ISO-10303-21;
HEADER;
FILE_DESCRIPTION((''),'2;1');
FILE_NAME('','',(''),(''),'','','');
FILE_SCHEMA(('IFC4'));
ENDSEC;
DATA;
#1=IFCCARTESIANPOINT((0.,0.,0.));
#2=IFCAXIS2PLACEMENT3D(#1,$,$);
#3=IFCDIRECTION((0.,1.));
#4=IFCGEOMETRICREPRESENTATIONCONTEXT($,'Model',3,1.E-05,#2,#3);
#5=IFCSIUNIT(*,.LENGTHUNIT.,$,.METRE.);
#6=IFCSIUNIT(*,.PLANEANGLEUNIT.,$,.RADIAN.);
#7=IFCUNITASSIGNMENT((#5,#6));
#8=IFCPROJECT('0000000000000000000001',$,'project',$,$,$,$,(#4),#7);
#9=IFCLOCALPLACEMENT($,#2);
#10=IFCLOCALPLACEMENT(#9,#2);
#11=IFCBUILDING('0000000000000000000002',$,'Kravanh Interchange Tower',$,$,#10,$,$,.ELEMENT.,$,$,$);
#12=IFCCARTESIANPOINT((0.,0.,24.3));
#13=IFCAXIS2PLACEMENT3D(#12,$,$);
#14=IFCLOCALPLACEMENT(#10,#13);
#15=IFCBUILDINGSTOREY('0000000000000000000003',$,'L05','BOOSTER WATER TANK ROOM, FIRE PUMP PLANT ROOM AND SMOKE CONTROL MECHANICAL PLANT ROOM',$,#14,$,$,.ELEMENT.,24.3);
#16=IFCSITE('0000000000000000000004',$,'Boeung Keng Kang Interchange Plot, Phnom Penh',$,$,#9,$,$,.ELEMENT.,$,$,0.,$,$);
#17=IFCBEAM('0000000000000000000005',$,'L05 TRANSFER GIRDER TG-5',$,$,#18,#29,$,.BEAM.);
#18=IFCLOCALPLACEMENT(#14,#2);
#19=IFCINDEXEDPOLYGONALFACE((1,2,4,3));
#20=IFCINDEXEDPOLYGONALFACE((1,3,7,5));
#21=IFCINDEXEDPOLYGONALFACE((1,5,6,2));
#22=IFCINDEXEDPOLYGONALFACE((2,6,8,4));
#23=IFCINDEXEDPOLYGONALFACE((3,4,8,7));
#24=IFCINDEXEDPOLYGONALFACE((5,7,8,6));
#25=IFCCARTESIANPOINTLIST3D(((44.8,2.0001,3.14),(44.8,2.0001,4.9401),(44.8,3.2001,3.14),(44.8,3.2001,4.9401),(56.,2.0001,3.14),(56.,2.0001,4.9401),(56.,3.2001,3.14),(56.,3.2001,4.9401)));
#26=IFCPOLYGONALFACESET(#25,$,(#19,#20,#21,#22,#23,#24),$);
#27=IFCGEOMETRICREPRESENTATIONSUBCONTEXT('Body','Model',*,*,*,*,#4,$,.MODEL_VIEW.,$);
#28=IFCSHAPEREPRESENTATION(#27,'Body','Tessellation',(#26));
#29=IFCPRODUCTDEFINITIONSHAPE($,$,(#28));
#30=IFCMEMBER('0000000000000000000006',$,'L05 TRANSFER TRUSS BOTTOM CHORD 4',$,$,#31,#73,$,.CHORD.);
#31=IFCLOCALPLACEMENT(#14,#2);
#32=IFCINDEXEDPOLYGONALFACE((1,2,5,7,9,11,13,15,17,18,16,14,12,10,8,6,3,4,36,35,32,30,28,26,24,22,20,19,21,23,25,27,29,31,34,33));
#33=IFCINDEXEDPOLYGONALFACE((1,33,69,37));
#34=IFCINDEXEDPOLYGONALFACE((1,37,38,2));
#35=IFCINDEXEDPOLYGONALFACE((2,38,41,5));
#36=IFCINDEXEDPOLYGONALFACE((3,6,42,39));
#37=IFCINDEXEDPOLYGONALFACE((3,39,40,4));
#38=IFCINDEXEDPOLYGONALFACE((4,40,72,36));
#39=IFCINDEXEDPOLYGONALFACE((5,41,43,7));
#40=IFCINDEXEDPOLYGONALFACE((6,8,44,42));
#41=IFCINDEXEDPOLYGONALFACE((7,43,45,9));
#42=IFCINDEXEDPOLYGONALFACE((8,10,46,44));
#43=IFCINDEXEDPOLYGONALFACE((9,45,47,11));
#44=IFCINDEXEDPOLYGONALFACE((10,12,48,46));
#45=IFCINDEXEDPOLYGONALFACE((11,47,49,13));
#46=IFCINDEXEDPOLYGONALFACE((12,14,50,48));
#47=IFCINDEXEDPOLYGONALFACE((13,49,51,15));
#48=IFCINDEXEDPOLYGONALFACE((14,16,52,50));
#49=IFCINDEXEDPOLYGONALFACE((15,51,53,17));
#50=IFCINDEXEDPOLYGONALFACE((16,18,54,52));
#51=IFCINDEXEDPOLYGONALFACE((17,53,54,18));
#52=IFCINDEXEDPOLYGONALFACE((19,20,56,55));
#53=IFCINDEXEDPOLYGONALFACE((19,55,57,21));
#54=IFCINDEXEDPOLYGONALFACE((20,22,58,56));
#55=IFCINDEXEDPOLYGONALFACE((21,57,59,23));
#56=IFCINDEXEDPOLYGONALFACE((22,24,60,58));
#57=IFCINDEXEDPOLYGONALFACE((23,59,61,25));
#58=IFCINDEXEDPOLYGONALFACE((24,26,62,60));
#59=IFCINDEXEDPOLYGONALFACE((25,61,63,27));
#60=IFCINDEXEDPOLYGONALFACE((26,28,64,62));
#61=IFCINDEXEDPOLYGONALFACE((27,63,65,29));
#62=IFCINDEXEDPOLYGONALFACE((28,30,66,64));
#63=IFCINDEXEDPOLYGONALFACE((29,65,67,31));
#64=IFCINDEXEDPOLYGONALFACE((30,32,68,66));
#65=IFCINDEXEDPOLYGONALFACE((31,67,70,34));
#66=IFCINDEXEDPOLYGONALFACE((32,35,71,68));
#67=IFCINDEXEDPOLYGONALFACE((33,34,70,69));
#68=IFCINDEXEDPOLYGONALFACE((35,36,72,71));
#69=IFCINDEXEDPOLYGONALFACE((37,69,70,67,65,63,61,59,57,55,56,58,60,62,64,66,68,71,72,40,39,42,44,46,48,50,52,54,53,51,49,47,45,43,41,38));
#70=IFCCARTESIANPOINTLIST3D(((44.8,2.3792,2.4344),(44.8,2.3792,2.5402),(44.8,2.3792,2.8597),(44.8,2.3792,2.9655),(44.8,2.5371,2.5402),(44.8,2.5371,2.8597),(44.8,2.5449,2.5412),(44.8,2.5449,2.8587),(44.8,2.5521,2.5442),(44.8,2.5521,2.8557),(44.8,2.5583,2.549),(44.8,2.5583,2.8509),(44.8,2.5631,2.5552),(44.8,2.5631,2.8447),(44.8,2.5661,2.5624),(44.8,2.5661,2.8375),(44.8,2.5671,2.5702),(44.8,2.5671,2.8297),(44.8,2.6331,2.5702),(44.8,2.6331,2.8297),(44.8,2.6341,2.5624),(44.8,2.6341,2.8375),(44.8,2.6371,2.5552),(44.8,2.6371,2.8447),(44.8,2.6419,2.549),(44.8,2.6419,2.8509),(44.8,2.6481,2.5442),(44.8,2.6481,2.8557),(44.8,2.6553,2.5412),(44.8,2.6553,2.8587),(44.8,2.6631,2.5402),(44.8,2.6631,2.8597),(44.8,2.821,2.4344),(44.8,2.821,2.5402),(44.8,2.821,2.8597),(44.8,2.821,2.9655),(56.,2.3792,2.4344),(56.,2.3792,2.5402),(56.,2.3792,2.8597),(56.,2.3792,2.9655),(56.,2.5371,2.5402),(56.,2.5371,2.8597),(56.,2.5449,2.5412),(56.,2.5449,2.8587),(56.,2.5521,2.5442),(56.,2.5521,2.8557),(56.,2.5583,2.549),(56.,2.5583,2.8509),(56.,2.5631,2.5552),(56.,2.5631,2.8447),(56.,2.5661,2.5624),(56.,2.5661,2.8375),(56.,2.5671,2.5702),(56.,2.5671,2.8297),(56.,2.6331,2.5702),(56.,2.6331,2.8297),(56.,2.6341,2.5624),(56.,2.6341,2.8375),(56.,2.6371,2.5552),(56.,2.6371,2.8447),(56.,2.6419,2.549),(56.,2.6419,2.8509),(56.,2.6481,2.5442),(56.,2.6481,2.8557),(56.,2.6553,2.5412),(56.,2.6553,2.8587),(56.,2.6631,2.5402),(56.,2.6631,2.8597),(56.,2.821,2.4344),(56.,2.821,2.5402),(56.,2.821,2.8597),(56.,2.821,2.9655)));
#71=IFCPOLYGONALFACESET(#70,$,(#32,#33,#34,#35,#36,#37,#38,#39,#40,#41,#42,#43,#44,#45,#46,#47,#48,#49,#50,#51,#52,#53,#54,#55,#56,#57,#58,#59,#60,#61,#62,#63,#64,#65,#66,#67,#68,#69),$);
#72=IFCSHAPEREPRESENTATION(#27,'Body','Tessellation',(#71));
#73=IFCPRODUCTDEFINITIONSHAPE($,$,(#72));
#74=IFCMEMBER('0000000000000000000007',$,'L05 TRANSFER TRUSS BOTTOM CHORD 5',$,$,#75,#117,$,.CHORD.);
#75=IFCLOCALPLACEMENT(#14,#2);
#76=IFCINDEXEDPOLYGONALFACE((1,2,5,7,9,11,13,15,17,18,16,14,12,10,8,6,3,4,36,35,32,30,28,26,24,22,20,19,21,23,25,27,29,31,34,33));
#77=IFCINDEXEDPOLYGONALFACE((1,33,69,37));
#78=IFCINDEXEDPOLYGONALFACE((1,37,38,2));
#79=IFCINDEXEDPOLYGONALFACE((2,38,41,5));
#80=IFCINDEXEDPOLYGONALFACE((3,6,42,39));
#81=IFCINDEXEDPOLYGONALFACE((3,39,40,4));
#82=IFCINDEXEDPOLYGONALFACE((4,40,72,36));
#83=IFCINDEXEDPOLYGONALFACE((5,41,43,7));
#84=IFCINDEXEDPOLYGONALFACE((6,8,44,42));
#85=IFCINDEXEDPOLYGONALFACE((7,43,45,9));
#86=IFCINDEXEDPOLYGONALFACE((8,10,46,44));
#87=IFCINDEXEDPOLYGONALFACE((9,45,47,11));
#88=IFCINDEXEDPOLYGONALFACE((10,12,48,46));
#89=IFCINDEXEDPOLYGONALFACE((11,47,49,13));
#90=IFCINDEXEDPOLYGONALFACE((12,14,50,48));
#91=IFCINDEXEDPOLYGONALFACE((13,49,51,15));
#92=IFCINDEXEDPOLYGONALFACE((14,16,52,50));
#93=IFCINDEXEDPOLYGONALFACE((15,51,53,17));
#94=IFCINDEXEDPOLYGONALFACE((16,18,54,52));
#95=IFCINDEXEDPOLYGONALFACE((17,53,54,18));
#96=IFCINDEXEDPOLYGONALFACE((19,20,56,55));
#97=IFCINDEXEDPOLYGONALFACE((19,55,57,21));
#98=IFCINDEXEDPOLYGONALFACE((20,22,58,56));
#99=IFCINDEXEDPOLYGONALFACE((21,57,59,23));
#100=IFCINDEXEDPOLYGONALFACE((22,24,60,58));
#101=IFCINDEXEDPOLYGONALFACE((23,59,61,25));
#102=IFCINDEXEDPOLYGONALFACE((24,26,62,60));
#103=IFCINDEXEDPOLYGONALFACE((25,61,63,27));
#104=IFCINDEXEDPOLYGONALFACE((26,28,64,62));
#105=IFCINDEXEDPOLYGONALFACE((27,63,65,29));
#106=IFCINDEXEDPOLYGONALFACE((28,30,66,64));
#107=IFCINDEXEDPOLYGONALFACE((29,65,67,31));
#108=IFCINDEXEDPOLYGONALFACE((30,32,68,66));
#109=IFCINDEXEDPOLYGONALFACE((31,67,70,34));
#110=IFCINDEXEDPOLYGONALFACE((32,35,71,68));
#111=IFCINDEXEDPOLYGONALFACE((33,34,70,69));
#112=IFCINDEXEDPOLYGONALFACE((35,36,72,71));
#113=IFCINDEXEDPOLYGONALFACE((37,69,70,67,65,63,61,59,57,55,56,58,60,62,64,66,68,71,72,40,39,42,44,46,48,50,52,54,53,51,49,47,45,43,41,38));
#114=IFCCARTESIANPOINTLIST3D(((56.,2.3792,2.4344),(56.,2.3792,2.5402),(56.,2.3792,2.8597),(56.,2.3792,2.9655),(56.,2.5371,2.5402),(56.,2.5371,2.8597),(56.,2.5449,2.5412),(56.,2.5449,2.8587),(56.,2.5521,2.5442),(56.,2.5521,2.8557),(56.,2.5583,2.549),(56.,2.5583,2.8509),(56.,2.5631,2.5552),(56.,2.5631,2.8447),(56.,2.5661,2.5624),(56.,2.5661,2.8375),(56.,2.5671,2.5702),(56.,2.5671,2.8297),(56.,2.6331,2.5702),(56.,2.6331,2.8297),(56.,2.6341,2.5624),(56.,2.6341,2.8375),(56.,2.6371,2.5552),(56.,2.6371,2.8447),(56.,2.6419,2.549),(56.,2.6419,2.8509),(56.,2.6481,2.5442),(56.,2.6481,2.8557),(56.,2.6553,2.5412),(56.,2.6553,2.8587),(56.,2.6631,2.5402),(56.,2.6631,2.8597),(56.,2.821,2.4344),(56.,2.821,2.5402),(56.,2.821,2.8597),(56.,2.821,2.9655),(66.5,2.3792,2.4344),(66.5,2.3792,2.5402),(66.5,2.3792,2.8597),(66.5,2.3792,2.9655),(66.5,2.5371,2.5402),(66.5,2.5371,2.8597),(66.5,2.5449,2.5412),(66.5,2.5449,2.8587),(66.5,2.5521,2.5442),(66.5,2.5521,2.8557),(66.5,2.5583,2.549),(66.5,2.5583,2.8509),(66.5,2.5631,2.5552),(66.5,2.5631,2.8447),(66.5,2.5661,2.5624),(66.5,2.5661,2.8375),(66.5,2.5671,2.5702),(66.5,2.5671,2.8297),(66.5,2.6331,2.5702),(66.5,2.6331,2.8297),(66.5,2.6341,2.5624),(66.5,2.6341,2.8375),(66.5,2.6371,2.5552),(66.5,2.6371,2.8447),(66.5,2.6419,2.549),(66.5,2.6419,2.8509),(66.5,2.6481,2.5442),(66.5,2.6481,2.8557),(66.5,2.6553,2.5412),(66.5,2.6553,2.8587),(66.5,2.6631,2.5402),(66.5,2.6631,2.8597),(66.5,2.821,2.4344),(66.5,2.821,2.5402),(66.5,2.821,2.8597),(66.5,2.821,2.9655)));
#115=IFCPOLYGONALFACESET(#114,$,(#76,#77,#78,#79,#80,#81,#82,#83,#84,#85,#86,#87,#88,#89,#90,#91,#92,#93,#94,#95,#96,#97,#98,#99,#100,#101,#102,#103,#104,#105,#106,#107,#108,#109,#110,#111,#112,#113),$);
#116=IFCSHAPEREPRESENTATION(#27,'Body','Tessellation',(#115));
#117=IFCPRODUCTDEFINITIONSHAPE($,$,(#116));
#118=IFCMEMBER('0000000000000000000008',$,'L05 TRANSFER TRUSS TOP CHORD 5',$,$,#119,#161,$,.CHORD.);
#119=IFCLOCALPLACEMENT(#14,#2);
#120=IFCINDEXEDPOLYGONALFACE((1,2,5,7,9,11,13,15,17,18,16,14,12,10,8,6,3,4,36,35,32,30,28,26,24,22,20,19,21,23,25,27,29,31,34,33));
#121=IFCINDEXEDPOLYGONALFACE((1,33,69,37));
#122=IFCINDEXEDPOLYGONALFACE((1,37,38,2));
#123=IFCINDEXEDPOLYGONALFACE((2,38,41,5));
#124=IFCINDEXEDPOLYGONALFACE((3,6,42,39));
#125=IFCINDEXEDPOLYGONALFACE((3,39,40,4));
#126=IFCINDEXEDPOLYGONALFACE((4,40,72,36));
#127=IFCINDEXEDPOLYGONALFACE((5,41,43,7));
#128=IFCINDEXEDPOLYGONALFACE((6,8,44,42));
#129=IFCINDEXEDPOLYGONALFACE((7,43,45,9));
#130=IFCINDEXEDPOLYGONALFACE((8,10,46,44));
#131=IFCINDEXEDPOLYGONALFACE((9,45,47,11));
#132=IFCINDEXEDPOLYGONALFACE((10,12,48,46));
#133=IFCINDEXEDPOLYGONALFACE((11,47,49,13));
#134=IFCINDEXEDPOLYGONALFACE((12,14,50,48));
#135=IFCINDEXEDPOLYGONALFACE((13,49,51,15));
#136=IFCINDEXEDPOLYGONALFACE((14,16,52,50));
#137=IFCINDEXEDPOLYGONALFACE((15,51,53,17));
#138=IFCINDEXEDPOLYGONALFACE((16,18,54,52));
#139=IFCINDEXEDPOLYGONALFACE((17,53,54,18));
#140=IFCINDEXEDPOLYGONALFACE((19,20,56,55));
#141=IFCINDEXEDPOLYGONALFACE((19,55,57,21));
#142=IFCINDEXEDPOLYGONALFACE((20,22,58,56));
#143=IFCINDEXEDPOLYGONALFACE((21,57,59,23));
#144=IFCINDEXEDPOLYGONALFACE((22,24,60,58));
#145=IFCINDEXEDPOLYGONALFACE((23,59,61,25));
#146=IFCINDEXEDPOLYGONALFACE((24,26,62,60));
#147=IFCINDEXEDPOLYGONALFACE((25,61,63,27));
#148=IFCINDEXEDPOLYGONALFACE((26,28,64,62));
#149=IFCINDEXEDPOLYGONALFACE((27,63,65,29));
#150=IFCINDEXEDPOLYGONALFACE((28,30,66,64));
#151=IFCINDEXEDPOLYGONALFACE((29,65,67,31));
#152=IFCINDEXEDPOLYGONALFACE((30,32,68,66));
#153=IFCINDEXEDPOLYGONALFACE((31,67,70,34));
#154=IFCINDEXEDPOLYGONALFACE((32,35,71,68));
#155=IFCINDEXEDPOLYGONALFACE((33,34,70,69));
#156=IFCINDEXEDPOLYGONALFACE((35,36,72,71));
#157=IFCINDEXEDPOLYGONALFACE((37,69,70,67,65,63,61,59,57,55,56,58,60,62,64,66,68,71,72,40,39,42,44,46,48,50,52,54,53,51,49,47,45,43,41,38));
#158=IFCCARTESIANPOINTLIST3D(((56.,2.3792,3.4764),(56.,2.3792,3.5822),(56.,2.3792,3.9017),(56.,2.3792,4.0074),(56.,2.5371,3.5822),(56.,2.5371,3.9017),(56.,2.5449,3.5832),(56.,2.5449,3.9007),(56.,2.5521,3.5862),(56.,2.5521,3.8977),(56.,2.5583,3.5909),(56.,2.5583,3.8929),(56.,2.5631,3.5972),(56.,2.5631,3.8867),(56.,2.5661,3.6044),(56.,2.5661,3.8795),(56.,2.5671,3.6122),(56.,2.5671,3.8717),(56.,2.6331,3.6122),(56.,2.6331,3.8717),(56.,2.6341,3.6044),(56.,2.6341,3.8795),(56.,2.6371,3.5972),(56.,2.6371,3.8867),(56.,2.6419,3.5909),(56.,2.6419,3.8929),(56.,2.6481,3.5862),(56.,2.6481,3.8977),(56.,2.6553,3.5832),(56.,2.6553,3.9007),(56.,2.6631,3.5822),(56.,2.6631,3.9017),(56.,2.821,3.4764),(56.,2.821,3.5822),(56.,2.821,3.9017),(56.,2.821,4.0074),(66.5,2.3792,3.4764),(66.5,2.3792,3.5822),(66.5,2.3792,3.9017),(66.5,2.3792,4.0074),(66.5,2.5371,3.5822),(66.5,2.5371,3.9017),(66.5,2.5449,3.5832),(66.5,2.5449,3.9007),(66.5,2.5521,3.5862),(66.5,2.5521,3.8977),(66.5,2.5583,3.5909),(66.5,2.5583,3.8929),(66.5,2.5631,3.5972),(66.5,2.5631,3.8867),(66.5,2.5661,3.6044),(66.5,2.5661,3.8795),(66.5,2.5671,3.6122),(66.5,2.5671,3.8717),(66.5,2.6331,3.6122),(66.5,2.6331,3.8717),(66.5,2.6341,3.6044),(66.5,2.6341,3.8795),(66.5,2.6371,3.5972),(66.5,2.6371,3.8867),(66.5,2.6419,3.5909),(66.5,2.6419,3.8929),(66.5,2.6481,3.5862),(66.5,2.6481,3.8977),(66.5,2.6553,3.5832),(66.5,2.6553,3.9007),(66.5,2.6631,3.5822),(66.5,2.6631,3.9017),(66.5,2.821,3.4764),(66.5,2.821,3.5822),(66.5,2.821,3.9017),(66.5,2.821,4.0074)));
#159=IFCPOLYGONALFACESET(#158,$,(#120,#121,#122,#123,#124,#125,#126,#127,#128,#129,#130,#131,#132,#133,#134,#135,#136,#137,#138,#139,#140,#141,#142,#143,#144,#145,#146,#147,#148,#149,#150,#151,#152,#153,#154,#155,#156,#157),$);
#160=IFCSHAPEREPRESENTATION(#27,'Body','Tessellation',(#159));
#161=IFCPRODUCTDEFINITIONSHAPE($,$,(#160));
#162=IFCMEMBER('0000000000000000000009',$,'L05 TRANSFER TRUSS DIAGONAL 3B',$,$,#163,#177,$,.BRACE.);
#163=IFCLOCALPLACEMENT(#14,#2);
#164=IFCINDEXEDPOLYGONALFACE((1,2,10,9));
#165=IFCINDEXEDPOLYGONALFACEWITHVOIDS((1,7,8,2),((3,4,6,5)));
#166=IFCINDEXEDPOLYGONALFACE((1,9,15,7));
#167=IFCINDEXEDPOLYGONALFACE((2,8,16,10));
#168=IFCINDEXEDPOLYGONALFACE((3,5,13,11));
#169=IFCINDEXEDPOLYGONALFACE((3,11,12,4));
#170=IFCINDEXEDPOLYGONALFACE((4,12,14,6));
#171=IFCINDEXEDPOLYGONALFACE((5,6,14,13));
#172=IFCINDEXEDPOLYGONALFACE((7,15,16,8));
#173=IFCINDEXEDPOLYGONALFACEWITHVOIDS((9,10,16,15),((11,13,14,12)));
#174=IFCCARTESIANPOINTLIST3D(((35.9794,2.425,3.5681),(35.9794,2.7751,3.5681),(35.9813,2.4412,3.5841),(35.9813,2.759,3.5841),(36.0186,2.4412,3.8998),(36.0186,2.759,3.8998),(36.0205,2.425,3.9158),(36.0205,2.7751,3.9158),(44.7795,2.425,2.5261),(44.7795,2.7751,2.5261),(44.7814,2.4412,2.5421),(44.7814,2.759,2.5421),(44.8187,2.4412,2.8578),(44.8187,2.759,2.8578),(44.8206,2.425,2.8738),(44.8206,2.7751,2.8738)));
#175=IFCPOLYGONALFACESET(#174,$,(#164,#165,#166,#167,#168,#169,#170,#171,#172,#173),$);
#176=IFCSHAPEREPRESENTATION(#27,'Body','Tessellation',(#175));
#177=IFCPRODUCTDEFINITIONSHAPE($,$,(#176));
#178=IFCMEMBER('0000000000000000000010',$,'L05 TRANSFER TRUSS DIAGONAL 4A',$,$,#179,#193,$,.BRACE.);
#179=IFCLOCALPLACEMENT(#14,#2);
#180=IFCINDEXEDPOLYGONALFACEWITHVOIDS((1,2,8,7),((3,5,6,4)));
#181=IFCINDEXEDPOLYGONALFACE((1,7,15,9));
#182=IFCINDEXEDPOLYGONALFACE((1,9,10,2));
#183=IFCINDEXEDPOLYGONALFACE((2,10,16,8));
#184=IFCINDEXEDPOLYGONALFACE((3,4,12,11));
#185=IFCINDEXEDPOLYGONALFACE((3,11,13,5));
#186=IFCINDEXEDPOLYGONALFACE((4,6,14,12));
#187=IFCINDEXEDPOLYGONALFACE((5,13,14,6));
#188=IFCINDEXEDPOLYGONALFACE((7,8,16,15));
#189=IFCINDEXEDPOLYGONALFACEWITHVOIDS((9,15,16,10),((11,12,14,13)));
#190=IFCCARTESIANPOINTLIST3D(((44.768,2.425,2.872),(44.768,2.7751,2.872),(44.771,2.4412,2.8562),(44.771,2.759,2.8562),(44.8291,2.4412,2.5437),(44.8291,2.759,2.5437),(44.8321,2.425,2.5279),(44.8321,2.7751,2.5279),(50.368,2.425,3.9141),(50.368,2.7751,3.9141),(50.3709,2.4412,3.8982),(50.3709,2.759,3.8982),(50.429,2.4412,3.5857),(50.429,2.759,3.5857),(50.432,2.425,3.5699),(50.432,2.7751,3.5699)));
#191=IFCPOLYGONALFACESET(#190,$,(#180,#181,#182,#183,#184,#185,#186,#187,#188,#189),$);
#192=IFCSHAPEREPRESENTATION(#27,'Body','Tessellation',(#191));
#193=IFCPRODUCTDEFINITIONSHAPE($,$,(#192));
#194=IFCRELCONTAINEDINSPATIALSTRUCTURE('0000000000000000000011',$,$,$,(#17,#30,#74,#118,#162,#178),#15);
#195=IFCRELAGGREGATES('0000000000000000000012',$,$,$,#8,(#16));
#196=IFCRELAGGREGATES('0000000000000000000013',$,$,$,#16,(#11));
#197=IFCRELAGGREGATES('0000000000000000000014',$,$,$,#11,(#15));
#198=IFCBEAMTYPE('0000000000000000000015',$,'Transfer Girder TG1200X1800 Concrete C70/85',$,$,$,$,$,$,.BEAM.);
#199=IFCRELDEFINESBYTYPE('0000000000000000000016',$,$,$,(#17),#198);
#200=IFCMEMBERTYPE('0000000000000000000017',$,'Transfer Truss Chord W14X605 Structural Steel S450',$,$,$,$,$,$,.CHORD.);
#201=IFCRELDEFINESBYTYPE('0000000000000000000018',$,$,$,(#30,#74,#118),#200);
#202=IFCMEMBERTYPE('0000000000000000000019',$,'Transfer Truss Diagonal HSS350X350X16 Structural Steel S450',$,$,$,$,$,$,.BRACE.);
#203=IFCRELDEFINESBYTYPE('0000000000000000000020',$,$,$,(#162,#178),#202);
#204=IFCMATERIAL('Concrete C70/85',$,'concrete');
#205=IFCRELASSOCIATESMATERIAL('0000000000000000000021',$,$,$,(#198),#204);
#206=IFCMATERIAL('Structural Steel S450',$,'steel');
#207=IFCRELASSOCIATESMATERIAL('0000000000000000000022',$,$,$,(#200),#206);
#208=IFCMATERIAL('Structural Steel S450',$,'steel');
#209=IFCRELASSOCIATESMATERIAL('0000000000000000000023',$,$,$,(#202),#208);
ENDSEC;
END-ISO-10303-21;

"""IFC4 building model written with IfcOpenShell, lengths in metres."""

from ifc_helpers import new_model, si_unit, direction, frame, origin, origin_2d, place, context, subcontext, project, spatial, rectangle, hollow_rectangle, i_section, extrude, material, material_profile, profile_set, type_object, element, save


model = new_model("IFC4")

# Units and contexts
model_context = context("Model", 3, precision=1e-05, world=origin(), true_north=direction((0.0, 1.0)))
body_context = subcontext(model_context, "Body", "Model", "MODEL_VIEW")
ifc_project = project(units=[si_unit("LENGTHUNIT", "METRE"), si_unit("PLANEANGLEUNIT", "RADIAN")], contexts=[model_context])

# Site, building, storey
site_placement = place(None, origin())
site = spatial("IfcSite", under=ifc_project, at=site_placement, Name="Boeung Keng Kang Interchange Plot, Phnom Penh", CompositionType="ELEMENT", RefElevation=0.0)
building_placement = place(site_placement, origin())
building = spatial("IfcBuilding", under=site, at=building_placement, Name="Kravanh Interchange Tower", CompositionType="ELEMENT")
storey_placement = place(building_placement, frame((0.0, 0.0, 24.3)))
storey = spatial("IfcBuildingStorey", under=building, at=storey_placement, Name="L05", Description="BOOSTER WATER TANK ROOM, FIRE PUMP PLANT ROOM AND SMOKE CONTROL MECHANICAL PLANT ROOM", CompositionType="ELEMENT", Elevation=24.3)

# Beam
ifc_material_1 = material(Name="Concrete C70/85", Category="concrete")
ifc_material_profile_1 = material_profile(ifc_material_1, rectangle(XDim=1.2, YDim=1.8, at=origin_2d()), Name="TG1200X1800")
ifc_profile_set_1 = profile_set([ifc_material_profile_1], Name="Concrete C70/85")
beam_type_1 = type_object("IfcBeamType", Name="Transfer Girder TG1200X1800 Concrete C70/85", PredefinedType="BEAM", material=ifc_profile_set_1)
beam_1_placement = place(storey_placement, frame((44.8, 2.6001, 4.04), z_axis=(1.0, 0.0, 0.0), x_axis=(0.0, 1.0, 0.0)))
element("IfcBeam", 1, at=beam_1_placement, inside=storey, type_object=beam_type_1, Name="L05 TRANSFER GIRDER TG-5", PredefinedType="BEAM", context=body_context, shape_type="SweptSolid", body=[
    extrude(rectangle(XDim=1.2, YDim=1.8, at=origin_2d()), origin(), (0.0, 0.0, 1.0), 11.2),
])

# Members
ifc_material_2 = material(Name="Structural Steel S450", Category="steel")
ifc_material_profile_2 = material_profile(ifc_material_2, i_section(OverallWidth=0.4419, OverallDepth=0.531, WebThickness=0.0659, FlangeThickness=0.1057, FilletRadius=0.03, at=origin_2d()), Name="W14X605")
ifc_profile_set_2 = profile_set([ifc_material_profile_2], Name="Structural Steel S450")
member_type_1 = type_object("IfcMemberType", Name="Transfer Truss Chord W14X605 Structural Steel S450", PredefinedType="CHORD", material=ifc_profile_set_2)
member_1_placement = place(storey_placement, frame((44.8, 2.6001, 2.7), z_axis=(1.0, 0.0, 0.0), x_axis=(0.0, 1.0, 0.0)))
element("IfcMember", 2, at=member_1_placement, inside=storey, type_object=member_type_1, Name="L05 TRANSFER TRUSS BOTTOM CHORD 4", PredefinedType="CHORD", context=body_context, shape_type="SweptSolid", body=[
    extrude(i_section(OverallWidth=0.4419, OverallDepth=0.531, WebThickness=0.0659, FlangeThickness=0.1057, FilletRadius=0.03, at=origin_2d()), origin(), (0.0, 0.0, 1.0), 11.2),
])
for number, where, z_axis, x_axis, name in (
    (3, (56.0, 2.6001, 2.7), (1.0, 0.0, 0.0), (0.0, 1.0, 0.0), "L05 TRANSFER TRUSS BOTTOM CHORD 5"),
    (4, (56.0, 2.6001, 3.7419), (1.0, 0.0, 0.0), (0.0, 1.0, 0.0), "L05 TRANSFER TRUSS TOP CHORD 5"),
):
    element("IfcMember", number, at=place(storey_placement, frame(where, z_axis=z_axis, x_axis=x_axis)), inside=storey, type_object=member_type_1, Name=name, PredefinedType="CHORD", context=body_context, shape_type="SweptSolid", body=[
        extrude(i_section(OverallWidth=0.4419, OverallDepth=0.531, WebThickness=0.0659, FlangeThickness=0.1057, FilletRadius=0.03, at=origin_2d()), origin(), (0.0, 0.0, 1.0), 10.5),
    ])
ifc_material_3 = material(Name="Structural Steel S450", Category="steel")
ifc_material_profile_3 = material_profile(ifc_material_3, hollow_rectangle(XDim=0.3501, YDim=0.3501, WallThickness=0.0161, at=origin_2d()), Name="HSS350X350X16")
ifc_profile_set_3 = profile_set([ifc_material_profile_3], Name="Structural Steel S450")
member_type_2 = type_object("IfcMemberType", Name="Transfer Truss Diagonal HSS350X350X16 Structural Steel S450", PredefinedType="BRACE", material=ifc_profile_set_3)
member_2_placement = place(storey_placement, frame((44.8, 2.6001, 2.7), z_axis=(-0.993063, 0.0, 0.117586), x_axis=(0.0, -1.0, 0.0)))
element("IfcMember", 5, at=member_2_placement, inside=storey, type_object=member_type_2, Name="L05 TRANSFER TRUSS DIAGONAL 3B", PredefinedType="BRACE", context=body_context, shape_type="SweptSolid", body=[
    extrude(hollow_rectangle(XDim=0.3501, YDim=0.3501, WallThickness=0.0161, at=origin_2d()), origin(), (0.0, 0.0, 1.0), 8.8616),
])
member_3_placement = place(storey_placement, frame((44.8, 2.6001, 2.7), z_axis=(0.983125, 0.0, 0.182935), x_axis=(0.0, 1.0, 0.0)))
element("IfcMember", 6, at=member_3_placement, inside=storey, type_object=member_type_2, Name="L05 TRANSFER TRUSS DIAGONAL 4A", PredefinedType="BRACE", context=body_context, shape_type="SweptSolid", body=[
    extrude(hollow_rectangle(XDim=0.3501, YDim=0.3501, WallThickness=0.0161, at=origin_2d()), origin(), (0.0, 0.0, 1.0), 5.696),
])

save(model, "model.ifc")
